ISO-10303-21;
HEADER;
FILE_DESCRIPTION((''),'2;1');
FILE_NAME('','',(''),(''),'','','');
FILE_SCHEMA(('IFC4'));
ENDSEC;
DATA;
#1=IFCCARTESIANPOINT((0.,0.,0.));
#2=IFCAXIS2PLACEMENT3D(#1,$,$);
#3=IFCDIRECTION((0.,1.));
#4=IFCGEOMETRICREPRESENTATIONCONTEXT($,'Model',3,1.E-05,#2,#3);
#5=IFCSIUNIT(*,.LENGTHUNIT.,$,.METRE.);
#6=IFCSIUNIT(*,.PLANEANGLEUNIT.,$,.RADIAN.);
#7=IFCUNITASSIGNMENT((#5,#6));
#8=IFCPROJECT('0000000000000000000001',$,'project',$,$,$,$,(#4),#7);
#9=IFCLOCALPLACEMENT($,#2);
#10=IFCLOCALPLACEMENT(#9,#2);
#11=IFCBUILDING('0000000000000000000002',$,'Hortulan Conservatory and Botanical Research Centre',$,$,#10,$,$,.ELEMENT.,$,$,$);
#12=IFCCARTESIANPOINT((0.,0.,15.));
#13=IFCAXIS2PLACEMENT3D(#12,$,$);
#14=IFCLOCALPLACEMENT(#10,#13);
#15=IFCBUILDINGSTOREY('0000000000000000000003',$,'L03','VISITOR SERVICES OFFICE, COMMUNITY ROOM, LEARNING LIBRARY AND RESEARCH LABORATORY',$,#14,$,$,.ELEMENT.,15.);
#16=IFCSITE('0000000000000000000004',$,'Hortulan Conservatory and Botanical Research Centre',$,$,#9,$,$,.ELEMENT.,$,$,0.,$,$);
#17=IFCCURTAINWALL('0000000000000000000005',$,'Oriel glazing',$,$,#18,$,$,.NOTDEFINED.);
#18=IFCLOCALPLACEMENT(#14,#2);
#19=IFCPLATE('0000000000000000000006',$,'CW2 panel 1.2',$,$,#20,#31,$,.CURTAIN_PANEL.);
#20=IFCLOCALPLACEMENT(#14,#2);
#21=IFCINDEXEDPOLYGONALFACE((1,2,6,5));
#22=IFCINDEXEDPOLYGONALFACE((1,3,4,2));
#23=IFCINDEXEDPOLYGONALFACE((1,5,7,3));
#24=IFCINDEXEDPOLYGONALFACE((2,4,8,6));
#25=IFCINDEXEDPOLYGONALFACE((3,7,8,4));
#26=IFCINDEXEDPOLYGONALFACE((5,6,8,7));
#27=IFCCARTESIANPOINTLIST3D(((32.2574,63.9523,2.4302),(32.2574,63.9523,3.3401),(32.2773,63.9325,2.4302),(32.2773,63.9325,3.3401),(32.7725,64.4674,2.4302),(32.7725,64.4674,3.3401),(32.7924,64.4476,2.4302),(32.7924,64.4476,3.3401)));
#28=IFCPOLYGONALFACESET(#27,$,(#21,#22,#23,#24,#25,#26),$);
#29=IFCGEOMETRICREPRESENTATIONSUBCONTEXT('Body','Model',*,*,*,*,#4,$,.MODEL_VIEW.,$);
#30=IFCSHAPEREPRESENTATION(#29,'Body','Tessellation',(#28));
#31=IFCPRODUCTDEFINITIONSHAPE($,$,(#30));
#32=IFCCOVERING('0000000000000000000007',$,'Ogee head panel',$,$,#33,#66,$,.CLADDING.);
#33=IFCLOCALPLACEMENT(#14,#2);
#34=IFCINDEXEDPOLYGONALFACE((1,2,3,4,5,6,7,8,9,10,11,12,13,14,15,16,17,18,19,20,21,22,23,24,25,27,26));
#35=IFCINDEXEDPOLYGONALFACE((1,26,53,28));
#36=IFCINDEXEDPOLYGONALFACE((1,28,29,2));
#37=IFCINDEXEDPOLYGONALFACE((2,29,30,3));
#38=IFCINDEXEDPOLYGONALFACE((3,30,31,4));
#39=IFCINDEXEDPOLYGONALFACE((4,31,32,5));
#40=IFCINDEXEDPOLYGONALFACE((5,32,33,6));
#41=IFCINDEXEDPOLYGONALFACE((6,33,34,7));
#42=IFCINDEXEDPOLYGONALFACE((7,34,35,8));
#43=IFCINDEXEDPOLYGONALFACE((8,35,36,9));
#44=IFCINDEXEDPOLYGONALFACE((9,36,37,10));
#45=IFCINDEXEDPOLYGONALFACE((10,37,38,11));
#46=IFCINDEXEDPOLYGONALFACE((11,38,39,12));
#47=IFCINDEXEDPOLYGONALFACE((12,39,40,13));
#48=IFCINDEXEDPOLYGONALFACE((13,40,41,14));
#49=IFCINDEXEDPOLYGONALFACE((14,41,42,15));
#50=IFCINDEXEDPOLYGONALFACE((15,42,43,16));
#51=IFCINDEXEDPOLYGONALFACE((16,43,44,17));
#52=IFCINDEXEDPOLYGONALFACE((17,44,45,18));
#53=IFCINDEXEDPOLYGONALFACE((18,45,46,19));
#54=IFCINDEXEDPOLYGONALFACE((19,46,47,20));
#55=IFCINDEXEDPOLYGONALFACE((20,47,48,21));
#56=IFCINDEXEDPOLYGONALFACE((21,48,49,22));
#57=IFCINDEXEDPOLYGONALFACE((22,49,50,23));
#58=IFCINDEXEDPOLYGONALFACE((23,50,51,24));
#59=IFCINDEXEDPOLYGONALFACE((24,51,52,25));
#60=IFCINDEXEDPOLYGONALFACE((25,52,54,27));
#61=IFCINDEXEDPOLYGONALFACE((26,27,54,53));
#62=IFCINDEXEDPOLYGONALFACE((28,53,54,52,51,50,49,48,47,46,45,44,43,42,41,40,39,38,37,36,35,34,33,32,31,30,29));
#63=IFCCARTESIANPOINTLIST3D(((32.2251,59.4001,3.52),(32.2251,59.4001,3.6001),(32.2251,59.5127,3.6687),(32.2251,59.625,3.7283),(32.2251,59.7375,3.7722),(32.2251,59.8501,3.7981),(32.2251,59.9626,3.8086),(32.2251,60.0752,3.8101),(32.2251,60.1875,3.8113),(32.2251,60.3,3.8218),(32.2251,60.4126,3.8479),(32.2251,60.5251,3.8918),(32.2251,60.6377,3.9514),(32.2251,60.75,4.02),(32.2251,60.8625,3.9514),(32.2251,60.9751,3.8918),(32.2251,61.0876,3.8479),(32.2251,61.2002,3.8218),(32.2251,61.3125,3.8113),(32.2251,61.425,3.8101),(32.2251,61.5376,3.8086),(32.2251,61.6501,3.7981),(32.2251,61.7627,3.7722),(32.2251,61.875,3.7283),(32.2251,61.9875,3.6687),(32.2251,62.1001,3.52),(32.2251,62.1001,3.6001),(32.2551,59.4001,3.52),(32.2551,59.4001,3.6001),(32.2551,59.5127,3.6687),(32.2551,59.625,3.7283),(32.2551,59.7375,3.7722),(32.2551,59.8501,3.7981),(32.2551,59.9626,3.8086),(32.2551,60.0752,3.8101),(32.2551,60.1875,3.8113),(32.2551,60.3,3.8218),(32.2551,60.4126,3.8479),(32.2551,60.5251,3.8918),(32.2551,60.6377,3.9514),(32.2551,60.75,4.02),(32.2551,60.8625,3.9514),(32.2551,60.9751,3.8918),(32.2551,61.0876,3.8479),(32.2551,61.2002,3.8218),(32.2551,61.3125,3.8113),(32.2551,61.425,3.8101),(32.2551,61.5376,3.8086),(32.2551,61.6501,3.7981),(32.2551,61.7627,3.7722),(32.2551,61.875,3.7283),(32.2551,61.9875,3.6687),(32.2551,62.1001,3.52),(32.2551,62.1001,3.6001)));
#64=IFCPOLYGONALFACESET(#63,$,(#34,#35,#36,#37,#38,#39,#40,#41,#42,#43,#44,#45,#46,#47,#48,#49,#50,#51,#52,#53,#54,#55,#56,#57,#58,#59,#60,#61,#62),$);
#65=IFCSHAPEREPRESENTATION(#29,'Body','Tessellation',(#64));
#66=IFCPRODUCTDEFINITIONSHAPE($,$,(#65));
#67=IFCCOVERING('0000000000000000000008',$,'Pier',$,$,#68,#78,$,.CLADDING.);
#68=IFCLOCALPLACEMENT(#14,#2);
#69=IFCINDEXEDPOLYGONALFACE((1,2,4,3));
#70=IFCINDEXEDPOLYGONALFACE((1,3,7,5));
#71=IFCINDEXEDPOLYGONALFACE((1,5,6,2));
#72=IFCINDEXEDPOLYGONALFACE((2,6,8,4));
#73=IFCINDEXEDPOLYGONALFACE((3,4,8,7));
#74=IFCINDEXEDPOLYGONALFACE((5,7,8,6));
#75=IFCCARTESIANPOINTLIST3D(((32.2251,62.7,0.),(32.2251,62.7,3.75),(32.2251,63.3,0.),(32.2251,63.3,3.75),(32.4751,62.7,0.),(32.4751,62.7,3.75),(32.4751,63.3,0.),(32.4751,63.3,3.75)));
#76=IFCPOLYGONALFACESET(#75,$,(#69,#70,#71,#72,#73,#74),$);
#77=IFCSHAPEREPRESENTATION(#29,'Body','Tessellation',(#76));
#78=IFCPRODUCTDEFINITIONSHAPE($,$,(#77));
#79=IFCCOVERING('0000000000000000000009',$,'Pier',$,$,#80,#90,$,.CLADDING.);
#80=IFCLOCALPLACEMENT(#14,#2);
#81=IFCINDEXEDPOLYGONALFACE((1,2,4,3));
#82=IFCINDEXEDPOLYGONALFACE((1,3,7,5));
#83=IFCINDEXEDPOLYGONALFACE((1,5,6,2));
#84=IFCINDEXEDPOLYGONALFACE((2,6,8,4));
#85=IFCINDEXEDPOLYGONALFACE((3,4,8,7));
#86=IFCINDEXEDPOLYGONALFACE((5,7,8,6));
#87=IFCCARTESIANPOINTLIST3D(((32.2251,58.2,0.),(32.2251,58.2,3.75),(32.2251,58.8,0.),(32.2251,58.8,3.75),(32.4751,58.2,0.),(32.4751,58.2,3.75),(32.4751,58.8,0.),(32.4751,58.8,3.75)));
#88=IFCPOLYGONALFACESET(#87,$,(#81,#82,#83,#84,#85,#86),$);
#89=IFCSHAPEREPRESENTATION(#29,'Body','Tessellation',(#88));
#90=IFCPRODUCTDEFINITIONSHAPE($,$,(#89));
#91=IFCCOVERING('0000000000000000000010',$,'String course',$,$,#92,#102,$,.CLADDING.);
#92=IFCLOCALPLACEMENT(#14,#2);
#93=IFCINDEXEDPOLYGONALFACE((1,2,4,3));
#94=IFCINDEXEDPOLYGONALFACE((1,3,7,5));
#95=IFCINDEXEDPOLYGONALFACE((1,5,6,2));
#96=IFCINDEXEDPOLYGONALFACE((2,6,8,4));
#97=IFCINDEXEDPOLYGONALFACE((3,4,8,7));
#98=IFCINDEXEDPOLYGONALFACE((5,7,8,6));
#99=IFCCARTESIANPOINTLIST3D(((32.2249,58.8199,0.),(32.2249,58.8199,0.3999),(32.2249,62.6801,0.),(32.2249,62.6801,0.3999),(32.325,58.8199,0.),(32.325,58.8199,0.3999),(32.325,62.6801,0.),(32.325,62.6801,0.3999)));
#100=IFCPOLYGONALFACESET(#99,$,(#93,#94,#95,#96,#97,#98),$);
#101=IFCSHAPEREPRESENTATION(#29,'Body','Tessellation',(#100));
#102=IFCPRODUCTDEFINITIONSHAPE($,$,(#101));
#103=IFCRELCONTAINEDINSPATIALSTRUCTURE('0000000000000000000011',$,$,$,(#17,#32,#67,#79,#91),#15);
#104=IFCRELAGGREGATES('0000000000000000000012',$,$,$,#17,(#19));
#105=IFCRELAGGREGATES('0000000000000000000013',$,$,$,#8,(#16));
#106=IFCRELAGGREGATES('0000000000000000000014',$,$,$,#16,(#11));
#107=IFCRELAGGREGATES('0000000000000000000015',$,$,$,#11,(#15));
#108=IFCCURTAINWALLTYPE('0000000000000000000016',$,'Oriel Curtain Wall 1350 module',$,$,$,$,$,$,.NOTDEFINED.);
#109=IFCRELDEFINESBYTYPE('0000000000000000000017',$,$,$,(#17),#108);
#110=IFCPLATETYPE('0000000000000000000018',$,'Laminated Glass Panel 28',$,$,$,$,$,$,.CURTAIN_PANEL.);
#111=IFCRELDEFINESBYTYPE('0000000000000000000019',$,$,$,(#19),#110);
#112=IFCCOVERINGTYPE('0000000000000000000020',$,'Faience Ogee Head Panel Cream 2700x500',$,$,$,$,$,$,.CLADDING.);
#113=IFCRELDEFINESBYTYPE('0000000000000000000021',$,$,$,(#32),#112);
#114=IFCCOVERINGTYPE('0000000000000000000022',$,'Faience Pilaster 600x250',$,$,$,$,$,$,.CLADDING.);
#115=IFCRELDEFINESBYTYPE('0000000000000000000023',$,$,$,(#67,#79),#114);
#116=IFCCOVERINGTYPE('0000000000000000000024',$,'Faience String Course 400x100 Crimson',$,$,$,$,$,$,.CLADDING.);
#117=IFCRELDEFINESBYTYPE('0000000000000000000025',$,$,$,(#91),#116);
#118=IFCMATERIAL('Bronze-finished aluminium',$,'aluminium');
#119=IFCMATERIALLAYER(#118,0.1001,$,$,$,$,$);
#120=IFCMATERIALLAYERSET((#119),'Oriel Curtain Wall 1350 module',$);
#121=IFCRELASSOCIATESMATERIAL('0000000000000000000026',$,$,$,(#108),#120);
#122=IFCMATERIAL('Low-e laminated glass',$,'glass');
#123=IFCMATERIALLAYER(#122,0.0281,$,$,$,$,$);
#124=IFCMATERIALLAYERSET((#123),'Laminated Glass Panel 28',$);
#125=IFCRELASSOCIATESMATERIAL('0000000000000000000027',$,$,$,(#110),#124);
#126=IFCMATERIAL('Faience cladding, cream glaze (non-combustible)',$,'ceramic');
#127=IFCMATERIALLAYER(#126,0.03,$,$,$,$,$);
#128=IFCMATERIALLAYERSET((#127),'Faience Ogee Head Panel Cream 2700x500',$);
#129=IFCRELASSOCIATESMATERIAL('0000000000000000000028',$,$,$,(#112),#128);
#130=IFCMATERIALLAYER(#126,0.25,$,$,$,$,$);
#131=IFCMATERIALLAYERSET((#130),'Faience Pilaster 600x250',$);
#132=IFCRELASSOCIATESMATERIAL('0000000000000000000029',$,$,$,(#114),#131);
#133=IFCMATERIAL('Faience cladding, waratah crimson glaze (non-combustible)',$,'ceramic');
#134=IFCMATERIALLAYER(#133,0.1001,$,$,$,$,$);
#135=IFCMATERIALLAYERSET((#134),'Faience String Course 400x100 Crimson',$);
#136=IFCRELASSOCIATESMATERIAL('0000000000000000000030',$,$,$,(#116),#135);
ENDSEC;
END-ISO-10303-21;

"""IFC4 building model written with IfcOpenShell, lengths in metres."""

from ifc_helpers import new_model, si_unit, direction, frame, origin, origin_2d, place, context, subcontext, project, spatial, polyline, rectangle, outline, extrude, material, layer, layer_set, type_object, element, aggregate, save


model = new_model("IFC4")

# Units and contexts
model_context = context("Model", 3, precision=1e-05, world=origin(), true_north=direction((0.0, 1.0)))
body_context = subcontext(model_context, "Body", "Model", "MODEL_VIEW")
ifc_project = project(units=[si_unit("LENGTHUNIT", "METRE"), si_unit("PLANEANGLEUNIT", "RADIAN")], contexts=[model_context])

# Site, building, storey
site_placement = place(None, origin())
site = spatial("IfcSite", under=ifc_project, at=site_placement, Name="Hortulan Conservatory and Botanical Research Centre", CompositionType="ELEMENT", RefElevation=0.0)
building_placement = place(site_placement, origin())
building = spatial("IfcBuilding", under=site, at=building_placement, Name="Hortulan Conservatory and Botanical Research Centre", CompositionType="ELEMENT")
storey_placement = place(building_placement, frame((0.0, 0.0, 15.0)))
storey = spatial("IfcBuildingStorey", under=building, at=storey_placement, Name="L03", Description="VISITOR SERVICES OFFICE, COMMUNITY ROOM, LEARNING LIBRARY AND RESEARCH LABORATORY", CompositionType="ELEMENT", Elevation=15.0)

# Shared definitions
ifc_material_1 = material(Name="Bronze-finished aluminium", Category="aluminium")
ifc_layer_1 = layer(ifc_material_1, 0.1001)
ifc_layer_set_1 = layer_set([ifc_layer_1], Name="Oriel Curtain Wall 1350 module")
curtain_wall_type = type_object("IfcCurtainWallType", Name="Oriel Curtain Wall 1350 module", PredefinedType="NOTDEFINED", material=ifc_layer_set_1)

# Curtain wall
curtain_wall_1_placement = place(storey_placement, origin())
curtain_wall_1 = element("IfcCurtainWall", 1, at=curtain_wall_1_placement, inside=storey, type_object=curtain_wall_type, Name="Oriel glazing", PredefinedType="NOTDEFINED")

# Plate
ifc_material_2 = material(Name="Low-e laminated glass", Category="glass")
ifc_layer_2 = layer(ifc_material_2, 0.0281)
ifc_layer_set_2 = layer_set([ifc_layer_2], Name="Laminated Glass Panel 28")
plate_type = type_object("IfcPlateType", Name="Laminated Glass Panel 28", PredefinedType="CURTAIN_PANEL", material=ifc_layer_set_2)
plate_1_placement = place(storey_placement, frame((32.5249, 64.2, 2.4302), z_axis=(0.0, 0.0, 1.0), x_axis=(-0.707107, -0.707107, 0.0)))
plate_1 = element("IfcPlate", 2, at=plate_1_placement, type_object=plate_type, Name="CW2 panel 1.2", PredefinedType="CURTAIN_PANEL", context=body_context, shape_type="SweptSolid", body=[
    extrude(rectangle(XDim=0.7285, YDim=0.0281, at=origin_2d()), origin(), (0.0, 0.0, 1.0), 0.9099),
])
aggregate(curtain_wall_1, [plate_1])

# Coverings
ifc_material_3 = material(Name="Faience cladding, cream glaze (non-combustible)", Category="ceramic")
ifc_layer_3 = layer(ifc_material_3, 0.03)
ifc_layer_set_3 = layer_set([ifc_layer_3], Name="Faience Ogee Head Panel Cream 2700x500")
covering_type_1 = type_object("IfcCoveringType", Name="Faience Ogee Head Panel Cream 2700x500", PredefinedType="CLADDING", material=ifc_layer_set_3)
covering_1_placement = place(storey_placement, frame((32.24, 62.1001, 3.52), z_axis=(0.0, 0.0, 1.0), x_axis=(0.0, -1.0, 0.0)))
element("IfcCovering", 3, at=covering_1_placement, inside=storey, type_object=covering_type_1, Name="Ogee head panel", PredefinedType="CLADDING", context=body_context, shape_type="SweptSolid", body=[
    extrude(outline(polyline([(0.0, 0.0), (2.7, 0.0), (2.7, 0.0801), (2.5874, 0.1487), (2.4751, 0.2083), (2.3625, 0.2522), (2.25, 0.2781), (2.1375, 0.2886), (2.0249, 0.29), (1.9126, 0.2913), (1.8, 0.3018), (1.6875, 0.3279), (1.575, 0.3718), (1.4624, 0.4314), (1.3501, 0.5), (1.2375, 0.4314), (1.125, 0.3718), (1.0125, 0.3279), (0.8999, 0.3018), (0.7876, 0.2913), (0.675, 0.29), (0.5625, 0.2886), (0.45, 0.2781), (0.3374, 0.2522), (0.2251, 0.2083), (0.1125, 0.1487), (0.0, 0.0801), (0.0, 0.0)])), frame((0.0, 0.0151, 0.0), z_axis=(0.0, -1.0, 0.0), x_axis=(1.0, 0.0, 0.0)), (0.0, 0.0, 1.0), 0.03),
])
ifc_layer_4 = layer(ifc_material_3, 0.25)
ifc_layer_set_4 = layer_set([ifc_layer_4], Name="Faience Pilaster 600x250")
covering_type_2 = type_object("IfcCoveringType", Name="Faience Pilaster 600x250", PredefinedType="CLADDING", material=ifc_layer_set_4)
for number, where, z_axis, x_axis, name in (
    (4, (32.3501, 63.0, 0.0), (0.0, 0.0, 1.0), (0.0, -1.0, 0.0), "Pier"),
    (5, (32.3501, 58.5, 0.0), (0.0, 0.0, 1.0), (0.0, -1.0, 0.0), "Pier"),
):
    element("IfcCovering", number, at=place(storey_placement, frame(where, z_axis=z_axis, x_axis=x_axis)), inside=storey, type_object=covering_type_2, Name=name, PredefinedType="CLADDING", context=body_context, shape_type="SweptSolid", body=[
        extrude(rectangle(XDim=0.6001, YDim=0.25, at=origin_2d()), origin(), (0.0, 0.0, 1.0), 3.75),
    ])
ifc_material_4 = material(Name="Faience cladding, waratah crimson glaze (non-combustible)", Category="ceramic")
ifc_layer_5 = layer(ifc_material_4, 0.1001)
ifc_layer_set_5 = layer_set([ifc_layer_5], Name="Faience String Course 400x100 Crimson")
covering_type_3 = type_object("IfcCoveringType", Name="Faience String Course 400x100 Crimson", PredefinedType="CLADDING", material=ifc_layer_set_5)
covering_2_placement = place(storey_placement, frame((32.2749, 60.75, 0.0), z_axis=(0.0, 0.0, 1.0), x_axis=(0.0, -1.0, 0.0)))
element("IfcCovering", 6, at=covering_2_placement, inside=storey, type_object=covering_type_3, Name="String course", PredefinedType="CLADDING", context=body_context, shape_type="SweptSolid", body=[
    extrude(rectangle(XDim=3.8601, YDim=0.1001, at=origin_2d()), origin(), (0.0, 0.0, 1.0), 0.3999),
])

save(model, "model.ifc")
